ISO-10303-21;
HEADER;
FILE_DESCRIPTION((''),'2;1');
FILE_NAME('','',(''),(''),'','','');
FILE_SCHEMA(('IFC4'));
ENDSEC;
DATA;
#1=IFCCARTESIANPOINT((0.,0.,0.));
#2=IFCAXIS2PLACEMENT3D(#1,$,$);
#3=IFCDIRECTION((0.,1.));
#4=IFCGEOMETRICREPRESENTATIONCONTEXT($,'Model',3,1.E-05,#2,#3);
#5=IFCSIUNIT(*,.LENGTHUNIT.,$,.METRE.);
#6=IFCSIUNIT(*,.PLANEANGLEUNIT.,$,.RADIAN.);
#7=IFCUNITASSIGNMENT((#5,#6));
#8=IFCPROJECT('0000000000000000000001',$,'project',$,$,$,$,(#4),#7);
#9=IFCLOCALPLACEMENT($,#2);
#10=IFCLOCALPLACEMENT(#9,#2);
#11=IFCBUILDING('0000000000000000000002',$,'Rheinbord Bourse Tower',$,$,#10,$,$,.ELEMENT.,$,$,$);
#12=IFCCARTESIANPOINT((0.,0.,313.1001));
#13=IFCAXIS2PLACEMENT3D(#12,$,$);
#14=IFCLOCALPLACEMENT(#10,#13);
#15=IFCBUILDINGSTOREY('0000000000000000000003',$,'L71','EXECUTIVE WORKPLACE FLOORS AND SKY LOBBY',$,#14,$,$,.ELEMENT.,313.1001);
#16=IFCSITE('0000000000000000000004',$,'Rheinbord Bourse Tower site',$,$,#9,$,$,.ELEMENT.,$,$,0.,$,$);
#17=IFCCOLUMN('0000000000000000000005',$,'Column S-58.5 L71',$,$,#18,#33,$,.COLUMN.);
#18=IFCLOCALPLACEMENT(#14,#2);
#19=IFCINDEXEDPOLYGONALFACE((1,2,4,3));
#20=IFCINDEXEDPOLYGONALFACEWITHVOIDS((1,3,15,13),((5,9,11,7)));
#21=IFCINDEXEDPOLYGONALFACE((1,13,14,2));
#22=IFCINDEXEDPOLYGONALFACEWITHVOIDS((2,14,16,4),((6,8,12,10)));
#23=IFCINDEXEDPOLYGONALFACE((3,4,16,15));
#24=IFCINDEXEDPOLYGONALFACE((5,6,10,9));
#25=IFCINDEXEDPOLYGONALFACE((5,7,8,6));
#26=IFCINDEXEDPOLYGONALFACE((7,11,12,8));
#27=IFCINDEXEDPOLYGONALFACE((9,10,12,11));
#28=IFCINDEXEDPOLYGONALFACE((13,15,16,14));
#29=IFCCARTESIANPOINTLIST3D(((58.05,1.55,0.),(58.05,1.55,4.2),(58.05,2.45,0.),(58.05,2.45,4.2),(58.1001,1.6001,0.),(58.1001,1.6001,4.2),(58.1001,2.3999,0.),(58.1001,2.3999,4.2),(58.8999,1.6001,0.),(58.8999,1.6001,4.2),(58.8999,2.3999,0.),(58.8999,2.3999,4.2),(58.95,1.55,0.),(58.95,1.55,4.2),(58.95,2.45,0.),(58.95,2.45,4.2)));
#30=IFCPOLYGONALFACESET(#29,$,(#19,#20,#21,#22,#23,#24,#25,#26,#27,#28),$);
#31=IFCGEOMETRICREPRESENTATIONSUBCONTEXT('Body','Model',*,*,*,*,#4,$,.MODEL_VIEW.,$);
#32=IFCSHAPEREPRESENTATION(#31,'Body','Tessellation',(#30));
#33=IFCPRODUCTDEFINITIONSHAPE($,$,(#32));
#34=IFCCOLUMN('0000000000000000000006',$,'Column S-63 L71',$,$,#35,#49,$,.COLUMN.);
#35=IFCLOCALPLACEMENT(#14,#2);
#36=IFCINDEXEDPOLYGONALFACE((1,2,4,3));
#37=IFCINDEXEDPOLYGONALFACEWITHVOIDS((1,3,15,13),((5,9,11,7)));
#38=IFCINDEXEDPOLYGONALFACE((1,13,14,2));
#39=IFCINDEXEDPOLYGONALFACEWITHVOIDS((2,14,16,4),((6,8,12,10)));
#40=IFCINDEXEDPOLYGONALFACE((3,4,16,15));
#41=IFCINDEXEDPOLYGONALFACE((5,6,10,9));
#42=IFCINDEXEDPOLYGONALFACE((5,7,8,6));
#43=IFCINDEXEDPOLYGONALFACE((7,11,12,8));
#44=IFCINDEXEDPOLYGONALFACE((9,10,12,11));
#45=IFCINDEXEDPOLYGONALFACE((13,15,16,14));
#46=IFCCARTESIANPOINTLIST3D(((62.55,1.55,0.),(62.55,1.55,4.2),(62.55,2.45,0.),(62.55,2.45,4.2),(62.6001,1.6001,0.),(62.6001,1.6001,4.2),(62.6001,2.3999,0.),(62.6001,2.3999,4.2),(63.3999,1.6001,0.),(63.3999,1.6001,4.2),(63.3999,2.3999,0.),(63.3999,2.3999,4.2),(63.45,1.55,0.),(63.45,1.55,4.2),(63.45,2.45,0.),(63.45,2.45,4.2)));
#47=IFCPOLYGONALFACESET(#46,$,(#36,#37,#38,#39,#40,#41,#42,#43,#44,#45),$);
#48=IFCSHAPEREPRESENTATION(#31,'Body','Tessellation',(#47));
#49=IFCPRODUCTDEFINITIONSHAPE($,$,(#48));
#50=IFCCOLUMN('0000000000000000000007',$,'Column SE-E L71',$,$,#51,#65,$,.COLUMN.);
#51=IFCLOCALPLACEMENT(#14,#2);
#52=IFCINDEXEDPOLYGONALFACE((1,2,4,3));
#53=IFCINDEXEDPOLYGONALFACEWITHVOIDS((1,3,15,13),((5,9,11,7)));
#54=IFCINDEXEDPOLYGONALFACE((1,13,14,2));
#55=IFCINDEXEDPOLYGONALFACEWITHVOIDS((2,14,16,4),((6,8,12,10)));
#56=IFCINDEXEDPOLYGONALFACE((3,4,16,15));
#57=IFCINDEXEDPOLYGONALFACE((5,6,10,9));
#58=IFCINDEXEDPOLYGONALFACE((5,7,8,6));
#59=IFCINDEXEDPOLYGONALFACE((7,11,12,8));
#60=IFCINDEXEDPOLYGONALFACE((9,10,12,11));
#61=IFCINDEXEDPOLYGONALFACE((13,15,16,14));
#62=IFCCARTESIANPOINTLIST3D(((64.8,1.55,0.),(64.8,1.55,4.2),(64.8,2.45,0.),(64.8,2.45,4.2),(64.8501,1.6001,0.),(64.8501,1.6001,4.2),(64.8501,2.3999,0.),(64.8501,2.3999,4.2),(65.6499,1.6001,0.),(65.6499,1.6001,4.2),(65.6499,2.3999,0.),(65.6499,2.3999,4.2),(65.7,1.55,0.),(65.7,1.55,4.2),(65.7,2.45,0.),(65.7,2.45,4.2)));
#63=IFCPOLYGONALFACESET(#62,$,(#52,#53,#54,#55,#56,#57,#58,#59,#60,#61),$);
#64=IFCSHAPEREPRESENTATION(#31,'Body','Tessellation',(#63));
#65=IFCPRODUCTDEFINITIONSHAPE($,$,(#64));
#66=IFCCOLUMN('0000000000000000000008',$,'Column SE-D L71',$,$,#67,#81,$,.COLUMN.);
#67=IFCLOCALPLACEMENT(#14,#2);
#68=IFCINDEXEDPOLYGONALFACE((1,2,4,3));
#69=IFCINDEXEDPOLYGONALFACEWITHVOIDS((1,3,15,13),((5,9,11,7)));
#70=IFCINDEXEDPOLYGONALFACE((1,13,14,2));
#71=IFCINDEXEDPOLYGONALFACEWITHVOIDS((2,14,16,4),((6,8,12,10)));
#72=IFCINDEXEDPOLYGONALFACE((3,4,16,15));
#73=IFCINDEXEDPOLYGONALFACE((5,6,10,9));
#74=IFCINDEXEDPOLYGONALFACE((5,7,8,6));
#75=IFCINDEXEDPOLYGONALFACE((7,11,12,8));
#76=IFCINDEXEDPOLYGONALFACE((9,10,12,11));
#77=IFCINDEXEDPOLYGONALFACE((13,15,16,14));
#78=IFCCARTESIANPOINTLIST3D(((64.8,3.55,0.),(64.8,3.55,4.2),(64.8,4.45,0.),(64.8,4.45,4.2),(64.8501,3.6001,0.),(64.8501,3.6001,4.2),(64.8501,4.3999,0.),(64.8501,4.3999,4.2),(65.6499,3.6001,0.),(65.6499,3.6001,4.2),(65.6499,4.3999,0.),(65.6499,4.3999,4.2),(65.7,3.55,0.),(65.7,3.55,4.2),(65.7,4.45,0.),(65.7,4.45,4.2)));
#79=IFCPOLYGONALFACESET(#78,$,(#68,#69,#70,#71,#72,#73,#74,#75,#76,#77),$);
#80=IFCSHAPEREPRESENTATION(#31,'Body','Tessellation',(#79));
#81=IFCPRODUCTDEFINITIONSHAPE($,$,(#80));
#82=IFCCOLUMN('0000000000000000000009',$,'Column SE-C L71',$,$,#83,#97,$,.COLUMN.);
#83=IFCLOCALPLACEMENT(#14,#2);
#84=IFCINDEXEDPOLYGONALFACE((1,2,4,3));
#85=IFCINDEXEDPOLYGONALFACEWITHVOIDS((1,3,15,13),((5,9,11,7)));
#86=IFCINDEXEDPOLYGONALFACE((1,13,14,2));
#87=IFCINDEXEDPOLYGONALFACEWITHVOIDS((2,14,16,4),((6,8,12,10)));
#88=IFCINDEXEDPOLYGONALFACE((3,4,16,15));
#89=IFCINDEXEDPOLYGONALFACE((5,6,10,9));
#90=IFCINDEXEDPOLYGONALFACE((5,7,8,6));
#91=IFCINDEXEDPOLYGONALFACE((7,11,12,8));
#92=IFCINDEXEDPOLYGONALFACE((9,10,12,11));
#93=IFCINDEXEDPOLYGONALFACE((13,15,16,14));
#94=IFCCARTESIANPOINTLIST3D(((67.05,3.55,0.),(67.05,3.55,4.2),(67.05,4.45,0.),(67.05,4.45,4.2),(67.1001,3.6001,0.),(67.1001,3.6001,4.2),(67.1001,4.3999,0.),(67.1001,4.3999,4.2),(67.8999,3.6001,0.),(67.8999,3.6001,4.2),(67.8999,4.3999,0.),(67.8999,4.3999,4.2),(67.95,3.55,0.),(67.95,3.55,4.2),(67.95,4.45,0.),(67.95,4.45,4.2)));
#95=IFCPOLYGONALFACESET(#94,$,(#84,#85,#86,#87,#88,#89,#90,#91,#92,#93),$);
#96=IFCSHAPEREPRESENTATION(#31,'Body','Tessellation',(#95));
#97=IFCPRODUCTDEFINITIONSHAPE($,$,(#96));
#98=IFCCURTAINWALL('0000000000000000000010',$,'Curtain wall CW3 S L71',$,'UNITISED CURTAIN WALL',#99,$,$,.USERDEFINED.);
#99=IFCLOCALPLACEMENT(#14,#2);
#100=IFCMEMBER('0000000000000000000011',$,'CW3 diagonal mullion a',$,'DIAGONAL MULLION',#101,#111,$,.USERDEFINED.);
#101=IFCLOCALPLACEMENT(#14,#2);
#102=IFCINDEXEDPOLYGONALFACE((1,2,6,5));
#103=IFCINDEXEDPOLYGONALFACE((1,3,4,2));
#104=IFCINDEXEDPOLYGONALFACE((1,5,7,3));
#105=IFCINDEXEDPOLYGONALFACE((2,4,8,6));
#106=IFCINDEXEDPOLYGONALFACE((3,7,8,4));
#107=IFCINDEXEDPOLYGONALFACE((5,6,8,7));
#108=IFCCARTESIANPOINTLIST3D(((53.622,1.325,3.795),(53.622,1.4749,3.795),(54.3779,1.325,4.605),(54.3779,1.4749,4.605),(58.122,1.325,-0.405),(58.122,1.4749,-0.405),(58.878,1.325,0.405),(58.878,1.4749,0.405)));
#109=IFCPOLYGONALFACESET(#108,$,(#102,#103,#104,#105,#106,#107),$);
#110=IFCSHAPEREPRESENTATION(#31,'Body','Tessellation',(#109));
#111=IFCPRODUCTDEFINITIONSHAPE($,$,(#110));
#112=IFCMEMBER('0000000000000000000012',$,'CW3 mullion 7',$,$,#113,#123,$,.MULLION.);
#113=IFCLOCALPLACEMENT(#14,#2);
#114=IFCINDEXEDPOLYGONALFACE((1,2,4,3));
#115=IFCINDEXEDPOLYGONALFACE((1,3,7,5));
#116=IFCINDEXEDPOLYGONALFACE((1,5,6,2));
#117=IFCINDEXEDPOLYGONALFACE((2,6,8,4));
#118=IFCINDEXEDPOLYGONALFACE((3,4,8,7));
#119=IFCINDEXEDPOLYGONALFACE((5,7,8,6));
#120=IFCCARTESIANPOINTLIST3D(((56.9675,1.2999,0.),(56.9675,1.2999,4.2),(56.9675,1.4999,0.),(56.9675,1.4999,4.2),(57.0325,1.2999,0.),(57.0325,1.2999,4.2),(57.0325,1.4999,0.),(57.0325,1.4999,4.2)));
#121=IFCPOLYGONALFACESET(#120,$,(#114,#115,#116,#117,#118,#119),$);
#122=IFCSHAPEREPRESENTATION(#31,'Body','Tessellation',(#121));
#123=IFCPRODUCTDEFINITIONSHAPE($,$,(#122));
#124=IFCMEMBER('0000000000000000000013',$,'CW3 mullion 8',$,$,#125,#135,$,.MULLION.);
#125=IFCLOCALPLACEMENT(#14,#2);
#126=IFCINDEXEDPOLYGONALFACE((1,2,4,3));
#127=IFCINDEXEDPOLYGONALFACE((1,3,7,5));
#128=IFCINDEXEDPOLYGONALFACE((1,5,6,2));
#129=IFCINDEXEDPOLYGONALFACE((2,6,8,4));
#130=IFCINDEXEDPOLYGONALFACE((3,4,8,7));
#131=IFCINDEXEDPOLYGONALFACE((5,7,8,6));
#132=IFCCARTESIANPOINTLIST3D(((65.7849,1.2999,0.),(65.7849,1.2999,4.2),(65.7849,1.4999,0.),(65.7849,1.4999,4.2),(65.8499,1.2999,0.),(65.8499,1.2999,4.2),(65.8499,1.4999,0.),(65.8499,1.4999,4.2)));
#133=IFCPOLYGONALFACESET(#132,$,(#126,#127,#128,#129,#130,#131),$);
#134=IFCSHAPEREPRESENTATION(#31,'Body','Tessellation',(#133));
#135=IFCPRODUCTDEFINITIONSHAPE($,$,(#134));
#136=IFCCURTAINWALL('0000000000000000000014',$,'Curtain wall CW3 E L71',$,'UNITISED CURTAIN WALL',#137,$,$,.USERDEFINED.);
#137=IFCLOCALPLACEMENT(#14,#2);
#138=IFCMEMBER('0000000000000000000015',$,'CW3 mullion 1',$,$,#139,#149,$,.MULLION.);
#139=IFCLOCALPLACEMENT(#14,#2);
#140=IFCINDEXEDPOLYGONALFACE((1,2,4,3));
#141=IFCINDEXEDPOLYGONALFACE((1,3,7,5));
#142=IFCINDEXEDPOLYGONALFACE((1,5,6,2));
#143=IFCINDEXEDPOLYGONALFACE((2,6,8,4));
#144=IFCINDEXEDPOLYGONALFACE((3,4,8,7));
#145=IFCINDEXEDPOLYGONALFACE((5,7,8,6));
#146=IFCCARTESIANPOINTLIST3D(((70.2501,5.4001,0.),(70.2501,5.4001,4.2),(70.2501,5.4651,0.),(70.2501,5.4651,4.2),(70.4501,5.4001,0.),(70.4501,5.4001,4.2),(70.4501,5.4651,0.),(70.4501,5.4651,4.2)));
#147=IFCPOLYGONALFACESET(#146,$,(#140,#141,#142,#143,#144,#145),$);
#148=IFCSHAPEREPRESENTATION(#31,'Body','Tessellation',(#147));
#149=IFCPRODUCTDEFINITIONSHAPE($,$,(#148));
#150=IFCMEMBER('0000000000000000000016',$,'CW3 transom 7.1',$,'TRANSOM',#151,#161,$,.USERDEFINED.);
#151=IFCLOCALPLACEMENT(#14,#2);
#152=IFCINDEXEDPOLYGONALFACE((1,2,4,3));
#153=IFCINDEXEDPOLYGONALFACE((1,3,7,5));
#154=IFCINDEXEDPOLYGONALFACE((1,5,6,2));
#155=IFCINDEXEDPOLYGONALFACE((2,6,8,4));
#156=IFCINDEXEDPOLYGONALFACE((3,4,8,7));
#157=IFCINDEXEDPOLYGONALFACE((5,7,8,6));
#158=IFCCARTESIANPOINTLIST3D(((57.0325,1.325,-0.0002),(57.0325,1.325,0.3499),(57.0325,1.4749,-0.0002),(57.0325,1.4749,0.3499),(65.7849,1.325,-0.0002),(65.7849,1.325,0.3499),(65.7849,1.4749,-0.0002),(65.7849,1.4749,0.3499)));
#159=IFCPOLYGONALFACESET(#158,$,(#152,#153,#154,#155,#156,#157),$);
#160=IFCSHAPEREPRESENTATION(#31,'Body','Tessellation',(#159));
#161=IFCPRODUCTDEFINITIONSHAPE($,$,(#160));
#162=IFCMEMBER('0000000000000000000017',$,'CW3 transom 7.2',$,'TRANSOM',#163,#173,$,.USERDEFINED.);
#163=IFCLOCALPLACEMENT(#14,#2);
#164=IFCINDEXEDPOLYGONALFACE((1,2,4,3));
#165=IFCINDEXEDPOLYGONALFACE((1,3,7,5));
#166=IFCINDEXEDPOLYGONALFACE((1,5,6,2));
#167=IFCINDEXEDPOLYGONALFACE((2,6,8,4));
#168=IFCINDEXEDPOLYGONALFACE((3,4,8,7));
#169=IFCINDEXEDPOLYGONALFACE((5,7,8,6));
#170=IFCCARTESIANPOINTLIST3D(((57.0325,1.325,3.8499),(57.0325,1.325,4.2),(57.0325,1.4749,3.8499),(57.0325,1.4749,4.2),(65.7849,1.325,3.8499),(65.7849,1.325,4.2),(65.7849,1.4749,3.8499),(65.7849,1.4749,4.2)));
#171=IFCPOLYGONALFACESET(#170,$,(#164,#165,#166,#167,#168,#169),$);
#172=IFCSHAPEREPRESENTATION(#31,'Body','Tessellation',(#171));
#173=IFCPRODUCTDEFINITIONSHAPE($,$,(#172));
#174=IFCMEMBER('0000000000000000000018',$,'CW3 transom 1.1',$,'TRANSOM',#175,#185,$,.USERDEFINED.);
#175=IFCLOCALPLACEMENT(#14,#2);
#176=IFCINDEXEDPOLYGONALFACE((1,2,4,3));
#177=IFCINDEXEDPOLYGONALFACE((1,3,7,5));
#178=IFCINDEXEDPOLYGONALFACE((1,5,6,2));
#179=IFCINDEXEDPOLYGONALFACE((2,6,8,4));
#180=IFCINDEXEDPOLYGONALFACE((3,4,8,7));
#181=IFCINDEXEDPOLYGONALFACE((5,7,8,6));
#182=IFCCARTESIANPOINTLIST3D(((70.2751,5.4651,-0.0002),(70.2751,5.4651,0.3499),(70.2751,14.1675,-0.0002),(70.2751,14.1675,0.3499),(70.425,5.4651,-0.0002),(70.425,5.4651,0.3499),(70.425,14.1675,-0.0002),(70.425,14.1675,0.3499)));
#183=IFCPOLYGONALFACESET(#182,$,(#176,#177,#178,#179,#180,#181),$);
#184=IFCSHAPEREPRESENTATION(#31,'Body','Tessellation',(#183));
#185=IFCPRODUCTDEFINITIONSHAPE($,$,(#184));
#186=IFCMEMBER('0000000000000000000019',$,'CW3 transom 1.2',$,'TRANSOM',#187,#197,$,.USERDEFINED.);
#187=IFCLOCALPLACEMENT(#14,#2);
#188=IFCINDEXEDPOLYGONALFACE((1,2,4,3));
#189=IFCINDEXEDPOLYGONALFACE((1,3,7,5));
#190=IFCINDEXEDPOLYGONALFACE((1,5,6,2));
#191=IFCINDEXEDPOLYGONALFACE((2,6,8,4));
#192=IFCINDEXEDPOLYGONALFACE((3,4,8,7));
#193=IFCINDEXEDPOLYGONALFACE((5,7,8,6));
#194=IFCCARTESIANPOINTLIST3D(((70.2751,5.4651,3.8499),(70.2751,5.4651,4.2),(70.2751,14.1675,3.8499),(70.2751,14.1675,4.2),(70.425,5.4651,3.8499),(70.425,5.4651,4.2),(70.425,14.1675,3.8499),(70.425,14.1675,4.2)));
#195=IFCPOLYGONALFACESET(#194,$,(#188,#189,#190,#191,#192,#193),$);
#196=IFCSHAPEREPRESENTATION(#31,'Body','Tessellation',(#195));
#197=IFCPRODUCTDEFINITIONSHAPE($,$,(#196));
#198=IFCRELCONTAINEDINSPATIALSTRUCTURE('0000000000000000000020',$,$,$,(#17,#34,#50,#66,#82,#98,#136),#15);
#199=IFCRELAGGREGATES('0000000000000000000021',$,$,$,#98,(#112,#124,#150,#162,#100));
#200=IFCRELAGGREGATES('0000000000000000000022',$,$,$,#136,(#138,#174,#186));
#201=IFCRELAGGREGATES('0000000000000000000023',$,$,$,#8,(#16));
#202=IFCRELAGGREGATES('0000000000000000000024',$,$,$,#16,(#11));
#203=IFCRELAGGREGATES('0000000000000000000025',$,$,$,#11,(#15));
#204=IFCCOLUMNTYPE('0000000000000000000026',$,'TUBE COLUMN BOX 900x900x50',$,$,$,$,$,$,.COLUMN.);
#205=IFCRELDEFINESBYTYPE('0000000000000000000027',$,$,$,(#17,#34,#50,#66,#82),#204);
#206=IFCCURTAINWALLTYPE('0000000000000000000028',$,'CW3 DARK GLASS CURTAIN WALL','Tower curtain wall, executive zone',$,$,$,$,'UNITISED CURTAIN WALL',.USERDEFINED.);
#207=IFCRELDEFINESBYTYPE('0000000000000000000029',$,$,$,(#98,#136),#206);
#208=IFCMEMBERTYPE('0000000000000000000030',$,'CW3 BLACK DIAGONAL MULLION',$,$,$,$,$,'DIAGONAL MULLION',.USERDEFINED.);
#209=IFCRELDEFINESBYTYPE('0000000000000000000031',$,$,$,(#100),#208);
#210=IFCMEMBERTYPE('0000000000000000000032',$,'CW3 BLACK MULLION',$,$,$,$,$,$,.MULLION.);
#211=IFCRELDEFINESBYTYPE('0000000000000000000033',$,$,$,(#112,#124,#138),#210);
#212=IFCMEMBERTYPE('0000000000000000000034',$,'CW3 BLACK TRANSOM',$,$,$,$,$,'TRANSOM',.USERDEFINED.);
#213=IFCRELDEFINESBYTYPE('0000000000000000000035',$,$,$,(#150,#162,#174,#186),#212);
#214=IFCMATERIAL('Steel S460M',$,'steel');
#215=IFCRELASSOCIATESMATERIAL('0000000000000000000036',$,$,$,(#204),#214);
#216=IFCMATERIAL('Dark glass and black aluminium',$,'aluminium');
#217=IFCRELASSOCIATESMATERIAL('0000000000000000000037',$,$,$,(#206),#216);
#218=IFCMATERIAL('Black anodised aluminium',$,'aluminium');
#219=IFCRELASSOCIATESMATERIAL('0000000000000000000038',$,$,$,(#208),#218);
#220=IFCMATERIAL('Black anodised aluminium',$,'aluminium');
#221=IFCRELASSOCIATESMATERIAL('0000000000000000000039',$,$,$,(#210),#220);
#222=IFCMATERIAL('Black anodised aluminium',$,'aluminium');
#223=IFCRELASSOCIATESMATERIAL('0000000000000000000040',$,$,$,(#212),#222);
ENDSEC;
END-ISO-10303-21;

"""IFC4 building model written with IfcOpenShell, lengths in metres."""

from ifc_helpers import new_model, si_unit, direction, frame, origin, origin_2d, place, context, subcontext, project, spatial, rectangle, hollow_rectangle, extrude, material, material_profile, profile_set, type_object, element, aggregate, save


model = new_model("IFC4")

# Units and contexts
model_context = context("Model", 3, precision=1e-05, world=origin(), true_north=direction((0.0, 1.0)))
body_context = subcontext(model_context, "Body", "Model", "MODEL_VIEW")
ifc_project = project(units=[si_unit("LENGTHUNIT", "METRE"), si_unit("PLANEANGLEUNIT", "RADIAN")], contexts=[model_context])

# Site, building, storey
site_placement = place(None, origin())
site = spatial("IfcSite", under=ifc_project, at=site_placement, Name="Rheinbord Bourse Tower site", CompositionType="ELEMENT", RefElevation=0.0)
building_placement = place(site_placement, origin())
building = spatial("IfcBuilding", under=site, at=building_placement, Name="Rheinbord Bourse Tower", CompositionType="ELEMENT")
storey_placement = place(building_placement, frame((0.0, 0.0, 313.1001)))
storey = spatial("IfcBuildingStorey", under=building, at=storey_placement, Name="L71", Description="EXECUTIVE WORKPLACE FLOORS AND SKY LOBBY", CompositionType="ELEMENT", Elevation=313.1001)

# Columns
ifc_material_1 = material(Name="Steel S460M", Category="steel")
ifc_material_profile_1 = material_profile(ifc_material_1, hollow_rectangle(XDim=0.8999, YDim=0.8999, WallThickness=0.05, at=origin_2d()), Name="BOX 900x900x50")
ifc_profile_set_1 = profile_set([ifc_material_profile_1], Name="Steel S460M")
column_type = type_object("IfcColumnType", Name="TUBE COLUMN BOX 900x900x50", PredefinedType="COLUMN", material=ifc_profile_set_1)
for number, where, z_axis, x_axis, name in (
    (1, (58.5, 2.0, 0.0), (0.0, 0.0, 1.0), (0.0, 1.0, 0.0), "Column S-58.5 L71"),
    (2, (63.0, 2.0, 0.0), (0.0, 0.0, 1.0), (0.0, 1.0, 0.0), "Column S-63 L71"),
    (3, (65.25, 2.0, 0.0), (0.0, 0.0, 1.0), (0.0, 1.0, 0.0), "Column SE-E L71"),
    (4, (65.25, 4.0, 0.0), (0.0, 0.0, 1.0), (0.0, 1.0, 0.0), "Column SE-D L71"),
    (5, (67.5, 4.0, 0.0), (0.0, 0.0, 1.0), (1.0, 0.0, 0.0), "Column SE-C L71"),
):
    element("IfcColumn", number, at=place(storey_placement, frame(where, z_axis=z_axis, x_axis=x_axis)), inside=storey, type_object=column_type, Name=name, PredefinedType="COLUMN", context=body_context, shape_type="SweptSolid", body=[
        extrude(hollow_rectangle(XDim=0.8999, YDim=0.8999, WallThickness=0.05, at=origin_2d()), origin(), (0.0, 0.0, 1.0), 4.2),
    ])

# Curtain wall, members
ifc_material_2 = material(Name="Dark glass and black aluminium", Category="aluminium")
curtain_wall_type = type_object("IfcCurtainWallType", Name="CW3 DARK GLASS CURTAIN WALL", Description="Tower curtain wall, executive zone", ElementType="UNITISED CURTAIN WALL", PredefinedType="USERDEFINED", material=ifc_material_2)
curtain_wall_1_placement = place(storey_placement, origin())
curtain_wall_1 = element("IfcCurtainWall", 6, at=curtain_wall_1_placement, inside=storey, type_object=curtain_wall_type, Name="Curtain wall CW3 S L71", ObjectType="UNITISED CURTAIN WALL", PredefinedType="USERDEFINED")
ifc_material_3 = material(Name="Black anodised aluminium", Category="aluminium")
ifc_material_profile_2 = material_profile(ifc_material_3, rectangle(XDim=0.1499, YDim=1.1079, at=origin_2d()), Name="CW3 DIAGONAL MULLION 1108x150")
ifc_profile_set_2 = profile_set([ifc_material_profile_2], Name="Black anodised aluminium")
member_type_1 = type_object("IfcMemberType", Name="CW3 BLACK DIAGONAL MULLION", ElementType="DIAGONAL MULLION", PredefinedType="USERDEFINED", material=ifc_profile_set_2)
member_1_placement = place(storey_placement, frame((58.5, 1.3999, 0.0), z_axis=(-0.731059, 0.0, 0.682314), x_axis=(0.0, -1.0, 0.0)))
member_1 = element("IfcMember", 7, at=member_1_placement, type_object=member_type_1, Name="CW3 diagonal mullion a", ObjectType="DIAGONAL MULLION", PredefinedType="USERDEFINED", context=body_context, shape_type="SweptSolid", body=[
    extrude(rectangle(XDim=0.1499, YDim=1.1079, at=origin_2d()), origin(), (0.0, 0.0, 1.0), 6.1555),
])
ifc_material_4 = material(Name="Black anodised aluminium", Category="aluminium")
ifc_material_profile_3 = material_profile(ifc_material_4, rectangle(XDim=0.2, YDim=0.0649, at=origin_2d()), Name="CW3 MULLION 65x200")
ifc_profile_set_3 = profile_set([ifc_material_profile_3], Name="Black anodised aluminium")
member_type_2 = type_object("IfcMemberType", Name="CW3 BLACK MULLION", PredefinedType="MULLION", material=ifc_profile_set_3)
member_2_placement = place(storey_placement, frame((57.0, 1.3999, 0.0), z_axis=(0.0, 0.0, 1.0), x_axis=(0.0, 1.0, 0.0)))
member_2 = element("IfcMember", 8, at=member_2_placement, type_object=member_type_2, Name="CW3 mullion 7", PredefinedType="MULLION", context=body_context, shape_type="SweptSolid", body=[
    extrude(rectangle(XDim=0.2, YDim=0.0649, at=origin_2d()), origin(), (0.0, 0.0, 1.0), 4.2),
])
member_3_placement = place(storey_placement, frame((65.8174, 1.3999, 0.0), z_axis=(0.0, 0.0, 1.0), x_axis=(0.0, 1.0, 0.0)))
member_3 = element("IfcMember", 9, at=member_3_placement, type_object=member_type_2, Name="CW3 mullion 8", PredefinedType="MULLION", context=body_context, shape_type="SweptSolid", body=[
    extrude(rectangle(XDim=0.2, YDim=0.0649, at=origin_2d()), origin(), (0.0, 0.0, 1.0), 4.2),
])

# Curtain wall, member
curtain_wall_2_placement = place(storey_placement, origin())
curtain_wall_2 = element("IfcCurtainWall", 10, at=curtain_wall_2_placement, inside=storey, type_object=curtain_wall_type, Name="Curtain wall CW3 E L71", ObjectType="UNITISED CURTAIN WALL", PredefinedType="USERDEFINED")
member_4_placement = place(storey_placement, frame((70.3501, 5.4326, 0.0), z_axis=(0.0, 0.0, 1.0), x_axis=(-1.0, 0.0, 0.0)))
member_4 = element("IfcMember", 11, at=member_4_placement, type_object=member_type_2, Name="CW3 mullion 1", PredefinedType="MULLION", context=body_context, shape_type="SweptSolid", body=[
    extrude(rectangle(XDim=0.2, YDim=0.0649, at=origin_2d()), origin(), (0.0, 0.0, 1.0), 4.2),
])

# Members
ifc_material_5 = material(Name="Black anodised aluminium", Category="aluminium")
ifc_material_profile_4 = material_profile(ifc_material_5, rectangle(XDim=0.1499, YDim=0.3501, at=origin_2d()), Name="CW3 TRANSOM 350x150")
ifc_profile_set_4 = profile_set([ifc_material_profile_4], Name="Black anodised aluminium")
member_type_3 = type_object("IfcMemberType", Name="CW3 BLACK TRANSOM", ElementType="TRANSOM", PredefinedType="USERDEFINED", material=ifc_profile_set_4)
member_5_placement = place(storey_placement, frame((57.0325, 1.3999, 0.1748), z_axis=(1.0, 0.0, 0.0), x_axis=(0.0, 1.0, 0.0)))
member_5 = element("IfcMember", 12, at=member_5_placement, type_object=member_type_3, Name="CW3 transom 7.1", ObjectType="TRANSOM", PredefinedType="USERDEFINED", context=body_context, shape_type="SweptSolid", body=[
    extrude(rectangle(XDim=0.1499, YDim=0.3501, at=origin_2d()), origin(), (0.0, 0.0, 1.0), 8.7524),
])
member_6_placement = place(storey_placement, frame((57.0325, 1.3999, 4.0249), z_axis=(1.0, 0.0, 0.0), x_axis=(0.0, 1.0, 0.0)))
member_6 = element("IfcMember", 13, at=member_6_placement, type_object=member_type_3, Name="CW3 transom 7.2", ObjectType="TRANSOM", PredefinedType="USERDEFINED", context=body_context, shape_type="SweptSolid", body=[
    extrude(rectangle(XDim=0.1499, YDim=0.3501, at=origin_2d()), origin(), (0.0, 0.0, 1.0), 8.7524),
])
member_7_placement = place(storey_placement, frame((70.3501, 5.4651, 0.1748), z_axis=(0.0, 1.0, 0.0), x_axis=(-1.0, 0.0, 0.0)))
member_7 = element("IfcMember", 14, at=member_7_placement, type_object=member_type_3, Name="CW3 transom 1.1", ObjectType="TRANSOM", PredefinedType="USERDEFINED", context=body_context, shape_type="SweptSolid", body=[
    extrude(rectangle(XDim=0.1499, YDim=0.3501, at=origin_2d()), origin(), (0.0, 0.0, 1.0), 8.7024),
])
member_8_placement = place(storey_placement, frame((70.3501, 5.4651, 4.0249), z_axis=(0.0, 1.0, 0.0), x_axis=(-1.0, 0.0, 0.0)))
member_8 = element("IfcMember", 15, at=member_8_placement, type_object=member_type_3, Name="CW3 transom 1.2", ObjectType="TRANSOM", PredefinedType="USERDEFINED", context=body_context, shape_type="SweptSolid", body=[
    extrude(rectangle(XDim=0.1499, YDim=0.3501, at=origin_2d()), origin(), (0.0, 0.0, 1.0), 8.7024),
])

aggregate(curtain_wall_1, [member_2, member_3, member_5, member_6, member_1])
aggregate(curtain_wall_2, [member_4, member_7, member_8])

save(model, "model.ifc")
